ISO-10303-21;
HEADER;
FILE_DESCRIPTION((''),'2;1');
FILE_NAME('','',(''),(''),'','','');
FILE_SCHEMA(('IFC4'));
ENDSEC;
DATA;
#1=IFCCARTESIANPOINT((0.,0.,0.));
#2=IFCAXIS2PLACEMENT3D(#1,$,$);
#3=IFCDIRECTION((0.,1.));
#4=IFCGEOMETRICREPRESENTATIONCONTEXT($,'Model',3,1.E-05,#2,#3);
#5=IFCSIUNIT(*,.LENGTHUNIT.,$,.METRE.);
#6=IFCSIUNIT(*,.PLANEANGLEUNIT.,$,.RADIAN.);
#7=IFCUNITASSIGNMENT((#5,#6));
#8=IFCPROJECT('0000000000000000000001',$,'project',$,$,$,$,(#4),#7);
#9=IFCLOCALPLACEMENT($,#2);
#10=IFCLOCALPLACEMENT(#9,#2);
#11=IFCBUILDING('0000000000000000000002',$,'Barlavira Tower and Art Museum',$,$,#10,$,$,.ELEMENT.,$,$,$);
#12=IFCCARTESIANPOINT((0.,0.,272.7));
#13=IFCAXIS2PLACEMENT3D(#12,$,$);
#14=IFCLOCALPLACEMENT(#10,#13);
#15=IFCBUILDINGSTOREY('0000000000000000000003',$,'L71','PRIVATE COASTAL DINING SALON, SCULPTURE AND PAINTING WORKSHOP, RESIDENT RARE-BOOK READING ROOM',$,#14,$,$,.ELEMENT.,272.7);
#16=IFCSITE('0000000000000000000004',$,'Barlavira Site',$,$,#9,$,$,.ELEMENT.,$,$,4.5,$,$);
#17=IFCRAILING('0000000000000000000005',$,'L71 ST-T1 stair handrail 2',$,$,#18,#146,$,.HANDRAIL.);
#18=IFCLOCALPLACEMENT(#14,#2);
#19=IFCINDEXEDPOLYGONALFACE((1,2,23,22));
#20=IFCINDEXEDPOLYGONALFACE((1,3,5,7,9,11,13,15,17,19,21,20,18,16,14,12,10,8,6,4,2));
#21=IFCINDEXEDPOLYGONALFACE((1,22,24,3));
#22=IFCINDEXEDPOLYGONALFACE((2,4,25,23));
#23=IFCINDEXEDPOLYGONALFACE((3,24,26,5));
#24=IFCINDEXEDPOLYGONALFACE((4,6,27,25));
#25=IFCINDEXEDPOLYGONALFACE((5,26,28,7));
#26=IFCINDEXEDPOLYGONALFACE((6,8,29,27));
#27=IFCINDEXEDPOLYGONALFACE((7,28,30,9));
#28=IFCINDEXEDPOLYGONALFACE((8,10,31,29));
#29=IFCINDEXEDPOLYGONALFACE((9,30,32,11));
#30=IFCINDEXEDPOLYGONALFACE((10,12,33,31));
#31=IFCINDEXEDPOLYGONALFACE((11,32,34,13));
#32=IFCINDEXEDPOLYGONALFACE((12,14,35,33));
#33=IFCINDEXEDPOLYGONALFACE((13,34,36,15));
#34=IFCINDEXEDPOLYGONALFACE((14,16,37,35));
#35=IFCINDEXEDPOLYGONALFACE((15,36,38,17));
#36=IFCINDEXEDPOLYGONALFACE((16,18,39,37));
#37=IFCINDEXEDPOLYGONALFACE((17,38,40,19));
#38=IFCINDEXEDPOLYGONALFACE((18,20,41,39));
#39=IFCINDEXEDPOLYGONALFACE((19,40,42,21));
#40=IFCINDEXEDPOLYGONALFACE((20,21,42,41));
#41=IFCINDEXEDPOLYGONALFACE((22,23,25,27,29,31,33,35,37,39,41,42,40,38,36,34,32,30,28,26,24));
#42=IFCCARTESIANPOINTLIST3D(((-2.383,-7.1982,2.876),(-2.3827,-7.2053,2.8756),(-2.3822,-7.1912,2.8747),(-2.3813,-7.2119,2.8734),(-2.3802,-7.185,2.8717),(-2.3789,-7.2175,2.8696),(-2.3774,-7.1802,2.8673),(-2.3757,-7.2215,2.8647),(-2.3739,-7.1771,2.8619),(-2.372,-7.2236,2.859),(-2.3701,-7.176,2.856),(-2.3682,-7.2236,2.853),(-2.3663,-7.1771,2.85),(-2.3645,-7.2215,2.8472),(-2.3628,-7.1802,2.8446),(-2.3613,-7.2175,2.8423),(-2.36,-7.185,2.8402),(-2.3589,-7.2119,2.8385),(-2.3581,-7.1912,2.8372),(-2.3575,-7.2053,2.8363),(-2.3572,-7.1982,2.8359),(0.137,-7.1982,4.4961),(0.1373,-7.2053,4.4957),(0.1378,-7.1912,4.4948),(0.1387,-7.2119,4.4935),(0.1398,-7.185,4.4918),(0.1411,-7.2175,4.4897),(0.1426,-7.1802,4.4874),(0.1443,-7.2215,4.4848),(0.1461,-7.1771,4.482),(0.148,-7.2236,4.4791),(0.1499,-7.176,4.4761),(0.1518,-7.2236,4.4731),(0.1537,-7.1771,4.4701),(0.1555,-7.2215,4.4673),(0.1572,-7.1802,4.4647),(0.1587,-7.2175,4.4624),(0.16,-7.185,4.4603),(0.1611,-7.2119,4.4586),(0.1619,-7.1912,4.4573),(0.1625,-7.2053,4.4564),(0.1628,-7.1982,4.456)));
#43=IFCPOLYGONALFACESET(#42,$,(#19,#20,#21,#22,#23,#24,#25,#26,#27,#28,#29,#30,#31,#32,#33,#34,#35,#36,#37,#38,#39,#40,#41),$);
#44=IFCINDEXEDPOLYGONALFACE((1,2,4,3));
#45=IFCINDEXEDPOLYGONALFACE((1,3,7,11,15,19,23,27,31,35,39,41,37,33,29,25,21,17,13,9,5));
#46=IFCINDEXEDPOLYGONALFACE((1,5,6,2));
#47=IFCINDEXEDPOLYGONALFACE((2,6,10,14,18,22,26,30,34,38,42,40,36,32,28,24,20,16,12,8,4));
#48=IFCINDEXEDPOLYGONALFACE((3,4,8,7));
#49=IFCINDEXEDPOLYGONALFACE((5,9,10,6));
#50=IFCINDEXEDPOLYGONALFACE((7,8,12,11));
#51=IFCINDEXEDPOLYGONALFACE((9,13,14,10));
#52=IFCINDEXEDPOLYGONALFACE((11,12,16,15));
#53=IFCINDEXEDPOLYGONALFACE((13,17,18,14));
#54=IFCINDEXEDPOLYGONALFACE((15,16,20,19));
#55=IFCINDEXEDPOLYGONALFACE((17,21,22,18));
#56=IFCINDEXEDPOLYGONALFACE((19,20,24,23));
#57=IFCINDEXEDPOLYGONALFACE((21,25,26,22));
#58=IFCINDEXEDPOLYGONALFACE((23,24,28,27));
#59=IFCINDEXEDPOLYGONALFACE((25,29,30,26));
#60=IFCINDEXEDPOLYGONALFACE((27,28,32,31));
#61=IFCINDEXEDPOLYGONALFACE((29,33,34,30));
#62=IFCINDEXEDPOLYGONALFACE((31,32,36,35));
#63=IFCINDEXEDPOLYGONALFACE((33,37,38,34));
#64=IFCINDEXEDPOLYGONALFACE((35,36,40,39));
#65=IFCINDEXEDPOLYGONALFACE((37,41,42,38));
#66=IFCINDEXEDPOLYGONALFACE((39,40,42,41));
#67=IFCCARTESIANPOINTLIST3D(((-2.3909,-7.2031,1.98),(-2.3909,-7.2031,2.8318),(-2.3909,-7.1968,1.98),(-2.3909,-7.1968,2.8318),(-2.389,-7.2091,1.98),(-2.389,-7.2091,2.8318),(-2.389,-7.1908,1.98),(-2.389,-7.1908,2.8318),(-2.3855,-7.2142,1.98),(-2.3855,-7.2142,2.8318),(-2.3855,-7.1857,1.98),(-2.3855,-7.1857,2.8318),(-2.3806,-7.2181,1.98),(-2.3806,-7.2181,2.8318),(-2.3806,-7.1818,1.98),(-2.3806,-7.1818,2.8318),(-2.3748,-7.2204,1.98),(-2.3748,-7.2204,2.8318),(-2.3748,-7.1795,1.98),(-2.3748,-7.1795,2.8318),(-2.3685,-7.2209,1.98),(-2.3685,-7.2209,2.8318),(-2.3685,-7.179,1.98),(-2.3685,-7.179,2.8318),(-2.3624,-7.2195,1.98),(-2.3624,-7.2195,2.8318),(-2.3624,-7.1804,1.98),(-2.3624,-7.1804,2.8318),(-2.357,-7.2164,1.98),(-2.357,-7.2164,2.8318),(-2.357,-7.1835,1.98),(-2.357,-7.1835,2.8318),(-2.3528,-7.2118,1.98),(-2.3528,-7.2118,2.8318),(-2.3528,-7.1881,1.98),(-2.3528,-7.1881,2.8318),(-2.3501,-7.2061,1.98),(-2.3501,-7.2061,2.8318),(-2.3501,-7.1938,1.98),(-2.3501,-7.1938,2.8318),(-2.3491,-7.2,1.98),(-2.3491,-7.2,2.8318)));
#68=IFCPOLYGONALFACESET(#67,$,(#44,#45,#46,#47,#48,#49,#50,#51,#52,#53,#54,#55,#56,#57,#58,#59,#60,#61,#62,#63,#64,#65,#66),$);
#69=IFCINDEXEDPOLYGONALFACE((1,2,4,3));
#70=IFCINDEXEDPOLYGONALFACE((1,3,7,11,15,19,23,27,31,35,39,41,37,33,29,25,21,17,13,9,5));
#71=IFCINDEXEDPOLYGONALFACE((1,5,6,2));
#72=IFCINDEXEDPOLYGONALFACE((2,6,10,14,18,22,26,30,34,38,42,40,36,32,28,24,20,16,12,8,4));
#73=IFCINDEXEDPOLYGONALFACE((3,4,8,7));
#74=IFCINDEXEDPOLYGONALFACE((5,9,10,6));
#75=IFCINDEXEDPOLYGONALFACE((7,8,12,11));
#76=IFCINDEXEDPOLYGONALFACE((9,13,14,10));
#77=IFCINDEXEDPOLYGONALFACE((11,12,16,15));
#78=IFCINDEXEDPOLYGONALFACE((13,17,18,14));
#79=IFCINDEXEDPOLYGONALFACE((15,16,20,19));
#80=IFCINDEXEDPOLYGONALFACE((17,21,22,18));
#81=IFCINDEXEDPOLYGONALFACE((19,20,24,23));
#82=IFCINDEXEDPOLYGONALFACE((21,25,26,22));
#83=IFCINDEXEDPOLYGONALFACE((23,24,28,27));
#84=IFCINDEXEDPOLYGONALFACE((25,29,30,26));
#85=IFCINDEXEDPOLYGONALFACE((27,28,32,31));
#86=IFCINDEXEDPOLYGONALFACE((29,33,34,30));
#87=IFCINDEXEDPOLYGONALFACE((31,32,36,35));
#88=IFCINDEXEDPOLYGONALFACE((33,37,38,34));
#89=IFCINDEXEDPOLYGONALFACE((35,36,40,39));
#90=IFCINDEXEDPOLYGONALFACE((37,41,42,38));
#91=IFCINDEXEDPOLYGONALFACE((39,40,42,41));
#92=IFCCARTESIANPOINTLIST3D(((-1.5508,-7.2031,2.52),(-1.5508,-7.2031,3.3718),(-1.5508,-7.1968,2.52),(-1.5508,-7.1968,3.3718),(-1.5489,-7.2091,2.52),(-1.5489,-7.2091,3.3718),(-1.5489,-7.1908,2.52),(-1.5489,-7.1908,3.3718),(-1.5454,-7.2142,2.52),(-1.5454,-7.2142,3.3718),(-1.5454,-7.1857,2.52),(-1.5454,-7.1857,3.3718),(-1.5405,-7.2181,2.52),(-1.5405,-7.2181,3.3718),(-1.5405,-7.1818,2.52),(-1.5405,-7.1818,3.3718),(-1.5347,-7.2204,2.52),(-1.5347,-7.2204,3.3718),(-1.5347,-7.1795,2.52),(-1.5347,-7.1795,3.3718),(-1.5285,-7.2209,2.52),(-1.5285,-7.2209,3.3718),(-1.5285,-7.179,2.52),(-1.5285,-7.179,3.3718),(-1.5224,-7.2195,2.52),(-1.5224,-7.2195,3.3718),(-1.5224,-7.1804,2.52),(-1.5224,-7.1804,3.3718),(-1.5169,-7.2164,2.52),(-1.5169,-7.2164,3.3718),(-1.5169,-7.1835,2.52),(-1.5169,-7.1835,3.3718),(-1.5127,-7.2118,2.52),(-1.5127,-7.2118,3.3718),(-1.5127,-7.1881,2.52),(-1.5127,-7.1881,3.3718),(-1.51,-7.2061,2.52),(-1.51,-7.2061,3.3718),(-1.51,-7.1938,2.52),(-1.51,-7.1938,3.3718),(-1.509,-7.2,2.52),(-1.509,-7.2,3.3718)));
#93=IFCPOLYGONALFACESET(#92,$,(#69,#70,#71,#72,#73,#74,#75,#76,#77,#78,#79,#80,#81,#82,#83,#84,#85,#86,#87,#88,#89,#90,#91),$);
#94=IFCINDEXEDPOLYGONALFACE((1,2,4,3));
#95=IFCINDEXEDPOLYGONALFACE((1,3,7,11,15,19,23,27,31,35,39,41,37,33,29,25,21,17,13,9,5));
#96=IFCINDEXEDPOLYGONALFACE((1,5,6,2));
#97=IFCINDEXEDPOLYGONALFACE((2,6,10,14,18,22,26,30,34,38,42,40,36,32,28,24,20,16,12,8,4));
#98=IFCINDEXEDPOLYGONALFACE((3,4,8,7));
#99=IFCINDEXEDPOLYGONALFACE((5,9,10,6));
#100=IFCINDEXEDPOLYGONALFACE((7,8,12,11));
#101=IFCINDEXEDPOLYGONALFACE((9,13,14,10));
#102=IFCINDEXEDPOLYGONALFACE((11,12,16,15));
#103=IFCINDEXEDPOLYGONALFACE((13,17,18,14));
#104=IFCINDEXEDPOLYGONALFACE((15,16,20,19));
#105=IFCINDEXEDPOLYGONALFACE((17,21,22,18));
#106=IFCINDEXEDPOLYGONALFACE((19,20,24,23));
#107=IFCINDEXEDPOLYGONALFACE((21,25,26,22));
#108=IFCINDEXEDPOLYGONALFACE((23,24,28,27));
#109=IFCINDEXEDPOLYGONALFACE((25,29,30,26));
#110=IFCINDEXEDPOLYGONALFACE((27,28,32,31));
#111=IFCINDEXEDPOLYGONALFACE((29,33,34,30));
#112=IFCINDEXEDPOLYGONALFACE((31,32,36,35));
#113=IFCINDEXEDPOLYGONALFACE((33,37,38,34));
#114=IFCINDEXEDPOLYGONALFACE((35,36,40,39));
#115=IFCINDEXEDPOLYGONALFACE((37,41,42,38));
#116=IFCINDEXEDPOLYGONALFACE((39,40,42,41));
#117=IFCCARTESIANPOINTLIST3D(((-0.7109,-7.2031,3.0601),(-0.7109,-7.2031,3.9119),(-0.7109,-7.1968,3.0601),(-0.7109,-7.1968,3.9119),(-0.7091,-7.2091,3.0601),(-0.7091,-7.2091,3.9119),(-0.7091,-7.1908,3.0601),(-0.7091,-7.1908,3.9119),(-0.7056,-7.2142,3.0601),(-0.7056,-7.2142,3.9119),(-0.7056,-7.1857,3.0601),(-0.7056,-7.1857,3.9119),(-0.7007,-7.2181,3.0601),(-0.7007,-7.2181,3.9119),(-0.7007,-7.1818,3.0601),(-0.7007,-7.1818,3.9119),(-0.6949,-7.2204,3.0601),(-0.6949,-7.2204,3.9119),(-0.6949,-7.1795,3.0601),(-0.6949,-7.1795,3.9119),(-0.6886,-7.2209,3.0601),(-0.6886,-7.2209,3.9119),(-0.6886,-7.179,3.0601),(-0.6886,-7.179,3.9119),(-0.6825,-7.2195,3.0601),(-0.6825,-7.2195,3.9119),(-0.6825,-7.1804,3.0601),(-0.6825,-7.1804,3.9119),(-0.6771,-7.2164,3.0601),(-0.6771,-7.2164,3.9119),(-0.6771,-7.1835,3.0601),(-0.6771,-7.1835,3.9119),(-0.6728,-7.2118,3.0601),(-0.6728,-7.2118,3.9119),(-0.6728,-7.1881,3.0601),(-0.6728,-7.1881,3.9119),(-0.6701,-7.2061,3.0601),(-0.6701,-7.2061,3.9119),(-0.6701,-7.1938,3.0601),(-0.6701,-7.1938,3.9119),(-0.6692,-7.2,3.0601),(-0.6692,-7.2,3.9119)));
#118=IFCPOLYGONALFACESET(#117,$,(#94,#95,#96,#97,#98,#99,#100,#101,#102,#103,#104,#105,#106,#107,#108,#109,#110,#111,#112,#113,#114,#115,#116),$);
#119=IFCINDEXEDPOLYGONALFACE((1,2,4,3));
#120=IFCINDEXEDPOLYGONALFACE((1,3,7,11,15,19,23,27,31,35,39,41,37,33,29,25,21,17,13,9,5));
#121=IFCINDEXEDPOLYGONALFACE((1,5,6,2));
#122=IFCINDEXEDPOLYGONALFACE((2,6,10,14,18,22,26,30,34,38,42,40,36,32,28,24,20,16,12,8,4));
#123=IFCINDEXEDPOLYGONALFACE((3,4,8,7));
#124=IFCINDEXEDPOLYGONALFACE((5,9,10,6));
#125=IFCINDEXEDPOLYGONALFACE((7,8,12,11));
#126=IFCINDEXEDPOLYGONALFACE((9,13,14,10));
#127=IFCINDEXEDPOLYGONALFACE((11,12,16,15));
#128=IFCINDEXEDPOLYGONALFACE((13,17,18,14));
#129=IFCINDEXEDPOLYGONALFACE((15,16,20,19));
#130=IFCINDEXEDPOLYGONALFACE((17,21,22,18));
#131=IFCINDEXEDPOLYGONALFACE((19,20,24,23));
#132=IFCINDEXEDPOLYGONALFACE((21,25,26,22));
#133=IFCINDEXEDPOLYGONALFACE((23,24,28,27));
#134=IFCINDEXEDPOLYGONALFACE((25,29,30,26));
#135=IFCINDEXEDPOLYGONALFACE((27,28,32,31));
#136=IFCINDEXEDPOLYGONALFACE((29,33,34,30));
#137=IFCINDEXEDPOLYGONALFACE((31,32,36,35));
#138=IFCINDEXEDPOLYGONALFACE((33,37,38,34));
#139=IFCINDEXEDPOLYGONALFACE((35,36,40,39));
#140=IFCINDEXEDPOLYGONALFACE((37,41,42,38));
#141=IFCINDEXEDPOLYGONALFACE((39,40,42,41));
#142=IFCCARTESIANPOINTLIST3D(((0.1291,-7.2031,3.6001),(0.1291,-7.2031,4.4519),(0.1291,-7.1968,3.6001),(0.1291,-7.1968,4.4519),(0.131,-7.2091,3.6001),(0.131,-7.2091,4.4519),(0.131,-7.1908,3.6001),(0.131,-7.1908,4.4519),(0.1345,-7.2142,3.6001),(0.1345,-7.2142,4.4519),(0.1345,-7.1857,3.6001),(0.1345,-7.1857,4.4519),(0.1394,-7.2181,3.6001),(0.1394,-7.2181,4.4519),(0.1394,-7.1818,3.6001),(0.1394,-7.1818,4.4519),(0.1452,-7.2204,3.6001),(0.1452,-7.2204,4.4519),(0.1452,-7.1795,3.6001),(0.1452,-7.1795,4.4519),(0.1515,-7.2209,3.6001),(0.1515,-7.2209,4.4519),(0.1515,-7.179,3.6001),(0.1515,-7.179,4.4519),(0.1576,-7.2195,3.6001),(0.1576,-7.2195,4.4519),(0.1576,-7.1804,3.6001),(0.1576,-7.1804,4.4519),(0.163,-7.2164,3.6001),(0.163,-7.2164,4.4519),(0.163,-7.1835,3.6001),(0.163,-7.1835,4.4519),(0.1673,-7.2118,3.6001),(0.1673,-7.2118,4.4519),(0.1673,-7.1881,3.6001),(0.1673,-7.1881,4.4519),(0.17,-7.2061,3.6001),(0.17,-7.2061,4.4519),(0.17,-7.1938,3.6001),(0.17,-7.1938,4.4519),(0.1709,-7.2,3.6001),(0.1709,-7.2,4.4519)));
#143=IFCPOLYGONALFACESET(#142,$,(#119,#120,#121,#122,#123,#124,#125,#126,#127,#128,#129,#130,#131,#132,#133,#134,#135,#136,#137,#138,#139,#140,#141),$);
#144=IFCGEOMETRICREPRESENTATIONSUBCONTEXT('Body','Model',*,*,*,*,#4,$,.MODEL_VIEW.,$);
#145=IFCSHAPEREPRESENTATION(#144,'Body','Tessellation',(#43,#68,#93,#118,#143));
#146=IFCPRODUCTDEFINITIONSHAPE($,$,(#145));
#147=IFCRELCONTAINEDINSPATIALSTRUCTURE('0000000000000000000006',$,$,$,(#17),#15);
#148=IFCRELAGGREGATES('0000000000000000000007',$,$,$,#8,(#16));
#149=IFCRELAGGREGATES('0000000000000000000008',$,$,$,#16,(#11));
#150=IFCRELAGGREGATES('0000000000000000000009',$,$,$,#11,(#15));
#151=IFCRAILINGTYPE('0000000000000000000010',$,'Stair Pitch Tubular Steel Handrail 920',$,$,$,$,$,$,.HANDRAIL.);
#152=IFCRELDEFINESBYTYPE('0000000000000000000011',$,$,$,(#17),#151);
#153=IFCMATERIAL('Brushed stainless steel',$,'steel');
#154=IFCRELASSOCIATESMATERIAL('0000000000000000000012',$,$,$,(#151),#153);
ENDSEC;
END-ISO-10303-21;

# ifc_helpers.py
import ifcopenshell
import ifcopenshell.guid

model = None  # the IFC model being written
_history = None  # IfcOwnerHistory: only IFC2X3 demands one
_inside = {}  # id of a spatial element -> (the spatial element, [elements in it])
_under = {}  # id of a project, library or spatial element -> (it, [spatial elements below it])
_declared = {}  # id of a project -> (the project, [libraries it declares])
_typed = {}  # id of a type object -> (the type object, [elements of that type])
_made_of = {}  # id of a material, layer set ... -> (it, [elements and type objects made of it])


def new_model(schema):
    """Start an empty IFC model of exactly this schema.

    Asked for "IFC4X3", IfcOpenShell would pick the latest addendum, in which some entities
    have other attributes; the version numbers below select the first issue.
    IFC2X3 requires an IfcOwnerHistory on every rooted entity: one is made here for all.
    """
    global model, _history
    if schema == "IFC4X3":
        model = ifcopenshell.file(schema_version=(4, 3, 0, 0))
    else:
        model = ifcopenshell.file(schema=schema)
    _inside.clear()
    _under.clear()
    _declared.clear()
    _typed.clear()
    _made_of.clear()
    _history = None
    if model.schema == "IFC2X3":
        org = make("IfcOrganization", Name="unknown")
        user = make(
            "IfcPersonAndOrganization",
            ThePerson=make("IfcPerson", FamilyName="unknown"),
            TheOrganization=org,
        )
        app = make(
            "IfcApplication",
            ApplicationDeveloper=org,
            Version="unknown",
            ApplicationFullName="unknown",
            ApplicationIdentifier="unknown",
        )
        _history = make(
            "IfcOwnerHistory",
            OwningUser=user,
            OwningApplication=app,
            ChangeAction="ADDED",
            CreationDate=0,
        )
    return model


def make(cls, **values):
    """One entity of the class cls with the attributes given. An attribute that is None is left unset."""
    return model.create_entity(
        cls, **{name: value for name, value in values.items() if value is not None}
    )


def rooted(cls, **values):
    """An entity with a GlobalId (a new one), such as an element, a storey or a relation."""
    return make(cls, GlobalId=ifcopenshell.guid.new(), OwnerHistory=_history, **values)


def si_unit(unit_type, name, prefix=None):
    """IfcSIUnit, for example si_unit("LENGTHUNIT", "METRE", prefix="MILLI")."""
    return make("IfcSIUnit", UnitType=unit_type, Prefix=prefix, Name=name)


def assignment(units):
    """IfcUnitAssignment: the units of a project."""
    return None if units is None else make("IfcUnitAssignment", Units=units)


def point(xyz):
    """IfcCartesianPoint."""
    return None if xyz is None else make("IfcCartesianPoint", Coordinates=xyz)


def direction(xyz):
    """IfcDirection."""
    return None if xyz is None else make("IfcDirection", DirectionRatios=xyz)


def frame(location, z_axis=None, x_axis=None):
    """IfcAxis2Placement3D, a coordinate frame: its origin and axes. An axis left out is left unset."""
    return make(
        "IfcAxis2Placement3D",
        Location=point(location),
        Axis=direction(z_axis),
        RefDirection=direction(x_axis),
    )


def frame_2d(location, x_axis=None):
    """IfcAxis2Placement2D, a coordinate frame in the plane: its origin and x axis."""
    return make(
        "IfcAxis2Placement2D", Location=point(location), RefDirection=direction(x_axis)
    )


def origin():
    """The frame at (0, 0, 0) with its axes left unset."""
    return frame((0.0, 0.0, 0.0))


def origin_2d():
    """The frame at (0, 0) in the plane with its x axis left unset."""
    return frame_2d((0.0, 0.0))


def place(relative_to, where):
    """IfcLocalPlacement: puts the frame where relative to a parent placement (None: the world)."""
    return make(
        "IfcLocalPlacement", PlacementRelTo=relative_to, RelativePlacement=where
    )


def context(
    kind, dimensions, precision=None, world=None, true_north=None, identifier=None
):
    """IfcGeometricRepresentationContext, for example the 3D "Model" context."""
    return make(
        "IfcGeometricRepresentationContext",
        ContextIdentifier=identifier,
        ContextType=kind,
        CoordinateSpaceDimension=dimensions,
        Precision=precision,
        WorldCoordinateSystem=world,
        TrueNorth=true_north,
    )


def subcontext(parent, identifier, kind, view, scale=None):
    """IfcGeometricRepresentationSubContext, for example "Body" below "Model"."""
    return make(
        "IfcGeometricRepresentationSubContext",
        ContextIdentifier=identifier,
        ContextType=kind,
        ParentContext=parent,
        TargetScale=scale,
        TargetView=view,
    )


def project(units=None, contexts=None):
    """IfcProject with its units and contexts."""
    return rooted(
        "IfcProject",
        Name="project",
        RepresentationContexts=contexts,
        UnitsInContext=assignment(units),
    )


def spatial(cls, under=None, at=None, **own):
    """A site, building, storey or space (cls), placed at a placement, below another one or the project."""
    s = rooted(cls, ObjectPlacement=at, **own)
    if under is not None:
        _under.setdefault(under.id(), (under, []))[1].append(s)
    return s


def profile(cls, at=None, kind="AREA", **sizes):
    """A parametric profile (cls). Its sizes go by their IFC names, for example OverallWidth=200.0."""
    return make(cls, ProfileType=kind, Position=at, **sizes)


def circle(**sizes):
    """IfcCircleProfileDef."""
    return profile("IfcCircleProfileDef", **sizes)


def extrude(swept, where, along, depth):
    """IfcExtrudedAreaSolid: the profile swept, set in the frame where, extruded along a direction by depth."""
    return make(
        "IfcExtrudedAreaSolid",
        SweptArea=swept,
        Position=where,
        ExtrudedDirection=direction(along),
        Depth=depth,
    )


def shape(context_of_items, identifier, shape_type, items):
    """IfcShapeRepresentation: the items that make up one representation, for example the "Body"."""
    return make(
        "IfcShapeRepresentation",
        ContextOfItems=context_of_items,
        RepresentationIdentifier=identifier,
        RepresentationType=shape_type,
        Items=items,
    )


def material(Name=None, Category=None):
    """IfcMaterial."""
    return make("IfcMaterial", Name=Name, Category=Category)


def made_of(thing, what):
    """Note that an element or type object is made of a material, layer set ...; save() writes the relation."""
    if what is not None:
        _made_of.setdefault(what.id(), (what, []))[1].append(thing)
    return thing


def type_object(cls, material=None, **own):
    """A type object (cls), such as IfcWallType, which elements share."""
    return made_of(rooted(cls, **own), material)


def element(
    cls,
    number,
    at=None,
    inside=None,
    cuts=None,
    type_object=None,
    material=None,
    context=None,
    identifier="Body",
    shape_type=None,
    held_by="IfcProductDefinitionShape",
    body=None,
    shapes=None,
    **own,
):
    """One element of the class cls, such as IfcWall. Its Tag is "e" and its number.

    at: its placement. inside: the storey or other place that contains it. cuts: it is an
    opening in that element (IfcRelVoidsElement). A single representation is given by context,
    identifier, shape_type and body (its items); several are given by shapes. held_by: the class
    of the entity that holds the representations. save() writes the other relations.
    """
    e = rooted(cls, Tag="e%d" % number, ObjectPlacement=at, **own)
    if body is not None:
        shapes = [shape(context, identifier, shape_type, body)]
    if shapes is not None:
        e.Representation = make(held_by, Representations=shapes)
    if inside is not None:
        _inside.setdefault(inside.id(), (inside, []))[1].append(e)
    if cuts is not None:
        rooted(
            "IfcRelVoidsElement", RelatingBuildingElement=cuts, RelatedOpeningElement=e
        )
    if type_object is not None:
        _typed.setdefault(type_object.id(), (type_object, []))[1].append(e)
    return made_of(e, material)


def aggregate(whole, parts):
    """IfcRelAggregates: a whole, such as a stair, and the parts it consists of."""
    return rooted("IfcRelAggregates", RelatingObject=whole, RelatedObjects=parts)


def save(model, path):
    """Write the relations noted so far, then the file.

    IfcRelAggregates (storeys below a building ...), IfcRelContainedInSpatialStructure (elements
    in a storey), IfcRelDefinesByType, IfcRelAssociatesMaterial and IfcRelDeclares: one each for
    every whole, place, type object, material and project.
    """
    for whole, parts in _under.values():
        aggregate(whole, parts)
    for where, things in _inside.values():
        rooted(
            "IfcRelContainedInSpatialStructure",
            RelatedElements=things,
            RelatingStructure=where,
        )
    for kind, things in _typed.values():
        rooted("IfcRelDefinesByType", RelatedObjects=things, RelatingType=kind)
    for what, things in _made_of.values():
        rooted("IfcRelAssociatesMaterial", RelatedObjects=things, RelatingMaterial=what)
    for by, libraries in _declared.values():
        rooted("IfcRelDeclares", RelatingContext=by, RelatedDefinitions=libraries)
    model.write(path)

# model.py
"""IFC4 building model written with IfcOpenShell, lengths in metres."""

from ifc_helpers import new_model, si_unit, direction, frame, origin, origin_2d, place, context, subcontext, project, spatial, circle, extrude, material, type_object, element, save


model = new_model("IFC4")

# Units and contexts
model_context = context("Model", 3, precision=1e-05, world=origin(), true_north=direction((0.0, 1.0)))
body_context = subcontext(model_context, "Body", "Model", "MODEL_VIEW")
ifc_project = project(units=[si_unit("LENGTHUNIT", "METRE"), si_unit("PLANEANGLEUNIT", "RADIAN")], contexts=[model_context])

# Site, building, storey
site_placement = place(None, origin())
site = spatial("IfcSite", under=ifc_project, at=site_placement, Name="Barlavira Site", CompositionType="ELEMENT", RefElevation=4.5)
building_placement = place(site_placement, origin())
building = spatial("IfcBuilding", under=site, at=building_placement, Name="Barlavira Tower and Art Museum", CompositionType="ELEMENT")
storey_placement = place(building_placement, frame((0.0, 0.0, 272.7)))
storey = spatial("IfcBuildingStorey", under=building, at=storey_placement, Name="L71", Description="PRIVATE COASTAL DINING SALON, SCULPTURE AND PAINTING WORKSHOP, RESIDENT RARE-BOOK READING ROOM", CompositionType="ELEMENT", Elevation=272.7)

# Shared definitions
ifc_material_1 = material(Name="Brushed stainless steel", Category="steel")

# Railing
railing_type_1 = type_object("IfcRailingType", Name="Stair Pitch Tubular Steel Handrail 920", PredefinedType="HANDRAIL", material=ifc_material_1)
railing_1_placement = place(storey_placement, frame((-2.3701, -7.2, 1.98)))
element("IfcRailing", 1, at=railing_1_placement, inside=storey, type_object=railing_type_1, Name="L71 ST-T1 stair handrail 2", PredefinedType="HANDRAIL", context=body_context, shape_type="SweptSolid", body=[
    extrude(circle(Radius=0.0239, at=origin_2d()), frame((0.0, 0.0, 0.876), z_axis=(0.841163, 0.0, 0.540782), x_axis=(0.0, 1.0, 0.0)), (0.0, 0.0, 1.0), 2.9958),
    extrude(circle(Radius=0.021, at=origin_2d()), origin(), (0.0, 0.0, 1.0), 0.8518),
    extrude(circle(Radius=0.021, at=origin_2d()), frame((0.8401, 0.0, 0.54)), (0.0, 0.0, 1.0), 0.8518),
    extrude(circle(Radius=0.021, at=origin_2d()), frame((1.6799, 0.0, 1.0801)), (0.0, 0.0, 1.0), 0.8518),
    extrude(circle(Radius=0.021, at=origin_2d()), frame((2.52, 0.0, 1.6201)), (0.0, 0.0, 1.0), 0.8518),
])

save(model, "model.ifc")
